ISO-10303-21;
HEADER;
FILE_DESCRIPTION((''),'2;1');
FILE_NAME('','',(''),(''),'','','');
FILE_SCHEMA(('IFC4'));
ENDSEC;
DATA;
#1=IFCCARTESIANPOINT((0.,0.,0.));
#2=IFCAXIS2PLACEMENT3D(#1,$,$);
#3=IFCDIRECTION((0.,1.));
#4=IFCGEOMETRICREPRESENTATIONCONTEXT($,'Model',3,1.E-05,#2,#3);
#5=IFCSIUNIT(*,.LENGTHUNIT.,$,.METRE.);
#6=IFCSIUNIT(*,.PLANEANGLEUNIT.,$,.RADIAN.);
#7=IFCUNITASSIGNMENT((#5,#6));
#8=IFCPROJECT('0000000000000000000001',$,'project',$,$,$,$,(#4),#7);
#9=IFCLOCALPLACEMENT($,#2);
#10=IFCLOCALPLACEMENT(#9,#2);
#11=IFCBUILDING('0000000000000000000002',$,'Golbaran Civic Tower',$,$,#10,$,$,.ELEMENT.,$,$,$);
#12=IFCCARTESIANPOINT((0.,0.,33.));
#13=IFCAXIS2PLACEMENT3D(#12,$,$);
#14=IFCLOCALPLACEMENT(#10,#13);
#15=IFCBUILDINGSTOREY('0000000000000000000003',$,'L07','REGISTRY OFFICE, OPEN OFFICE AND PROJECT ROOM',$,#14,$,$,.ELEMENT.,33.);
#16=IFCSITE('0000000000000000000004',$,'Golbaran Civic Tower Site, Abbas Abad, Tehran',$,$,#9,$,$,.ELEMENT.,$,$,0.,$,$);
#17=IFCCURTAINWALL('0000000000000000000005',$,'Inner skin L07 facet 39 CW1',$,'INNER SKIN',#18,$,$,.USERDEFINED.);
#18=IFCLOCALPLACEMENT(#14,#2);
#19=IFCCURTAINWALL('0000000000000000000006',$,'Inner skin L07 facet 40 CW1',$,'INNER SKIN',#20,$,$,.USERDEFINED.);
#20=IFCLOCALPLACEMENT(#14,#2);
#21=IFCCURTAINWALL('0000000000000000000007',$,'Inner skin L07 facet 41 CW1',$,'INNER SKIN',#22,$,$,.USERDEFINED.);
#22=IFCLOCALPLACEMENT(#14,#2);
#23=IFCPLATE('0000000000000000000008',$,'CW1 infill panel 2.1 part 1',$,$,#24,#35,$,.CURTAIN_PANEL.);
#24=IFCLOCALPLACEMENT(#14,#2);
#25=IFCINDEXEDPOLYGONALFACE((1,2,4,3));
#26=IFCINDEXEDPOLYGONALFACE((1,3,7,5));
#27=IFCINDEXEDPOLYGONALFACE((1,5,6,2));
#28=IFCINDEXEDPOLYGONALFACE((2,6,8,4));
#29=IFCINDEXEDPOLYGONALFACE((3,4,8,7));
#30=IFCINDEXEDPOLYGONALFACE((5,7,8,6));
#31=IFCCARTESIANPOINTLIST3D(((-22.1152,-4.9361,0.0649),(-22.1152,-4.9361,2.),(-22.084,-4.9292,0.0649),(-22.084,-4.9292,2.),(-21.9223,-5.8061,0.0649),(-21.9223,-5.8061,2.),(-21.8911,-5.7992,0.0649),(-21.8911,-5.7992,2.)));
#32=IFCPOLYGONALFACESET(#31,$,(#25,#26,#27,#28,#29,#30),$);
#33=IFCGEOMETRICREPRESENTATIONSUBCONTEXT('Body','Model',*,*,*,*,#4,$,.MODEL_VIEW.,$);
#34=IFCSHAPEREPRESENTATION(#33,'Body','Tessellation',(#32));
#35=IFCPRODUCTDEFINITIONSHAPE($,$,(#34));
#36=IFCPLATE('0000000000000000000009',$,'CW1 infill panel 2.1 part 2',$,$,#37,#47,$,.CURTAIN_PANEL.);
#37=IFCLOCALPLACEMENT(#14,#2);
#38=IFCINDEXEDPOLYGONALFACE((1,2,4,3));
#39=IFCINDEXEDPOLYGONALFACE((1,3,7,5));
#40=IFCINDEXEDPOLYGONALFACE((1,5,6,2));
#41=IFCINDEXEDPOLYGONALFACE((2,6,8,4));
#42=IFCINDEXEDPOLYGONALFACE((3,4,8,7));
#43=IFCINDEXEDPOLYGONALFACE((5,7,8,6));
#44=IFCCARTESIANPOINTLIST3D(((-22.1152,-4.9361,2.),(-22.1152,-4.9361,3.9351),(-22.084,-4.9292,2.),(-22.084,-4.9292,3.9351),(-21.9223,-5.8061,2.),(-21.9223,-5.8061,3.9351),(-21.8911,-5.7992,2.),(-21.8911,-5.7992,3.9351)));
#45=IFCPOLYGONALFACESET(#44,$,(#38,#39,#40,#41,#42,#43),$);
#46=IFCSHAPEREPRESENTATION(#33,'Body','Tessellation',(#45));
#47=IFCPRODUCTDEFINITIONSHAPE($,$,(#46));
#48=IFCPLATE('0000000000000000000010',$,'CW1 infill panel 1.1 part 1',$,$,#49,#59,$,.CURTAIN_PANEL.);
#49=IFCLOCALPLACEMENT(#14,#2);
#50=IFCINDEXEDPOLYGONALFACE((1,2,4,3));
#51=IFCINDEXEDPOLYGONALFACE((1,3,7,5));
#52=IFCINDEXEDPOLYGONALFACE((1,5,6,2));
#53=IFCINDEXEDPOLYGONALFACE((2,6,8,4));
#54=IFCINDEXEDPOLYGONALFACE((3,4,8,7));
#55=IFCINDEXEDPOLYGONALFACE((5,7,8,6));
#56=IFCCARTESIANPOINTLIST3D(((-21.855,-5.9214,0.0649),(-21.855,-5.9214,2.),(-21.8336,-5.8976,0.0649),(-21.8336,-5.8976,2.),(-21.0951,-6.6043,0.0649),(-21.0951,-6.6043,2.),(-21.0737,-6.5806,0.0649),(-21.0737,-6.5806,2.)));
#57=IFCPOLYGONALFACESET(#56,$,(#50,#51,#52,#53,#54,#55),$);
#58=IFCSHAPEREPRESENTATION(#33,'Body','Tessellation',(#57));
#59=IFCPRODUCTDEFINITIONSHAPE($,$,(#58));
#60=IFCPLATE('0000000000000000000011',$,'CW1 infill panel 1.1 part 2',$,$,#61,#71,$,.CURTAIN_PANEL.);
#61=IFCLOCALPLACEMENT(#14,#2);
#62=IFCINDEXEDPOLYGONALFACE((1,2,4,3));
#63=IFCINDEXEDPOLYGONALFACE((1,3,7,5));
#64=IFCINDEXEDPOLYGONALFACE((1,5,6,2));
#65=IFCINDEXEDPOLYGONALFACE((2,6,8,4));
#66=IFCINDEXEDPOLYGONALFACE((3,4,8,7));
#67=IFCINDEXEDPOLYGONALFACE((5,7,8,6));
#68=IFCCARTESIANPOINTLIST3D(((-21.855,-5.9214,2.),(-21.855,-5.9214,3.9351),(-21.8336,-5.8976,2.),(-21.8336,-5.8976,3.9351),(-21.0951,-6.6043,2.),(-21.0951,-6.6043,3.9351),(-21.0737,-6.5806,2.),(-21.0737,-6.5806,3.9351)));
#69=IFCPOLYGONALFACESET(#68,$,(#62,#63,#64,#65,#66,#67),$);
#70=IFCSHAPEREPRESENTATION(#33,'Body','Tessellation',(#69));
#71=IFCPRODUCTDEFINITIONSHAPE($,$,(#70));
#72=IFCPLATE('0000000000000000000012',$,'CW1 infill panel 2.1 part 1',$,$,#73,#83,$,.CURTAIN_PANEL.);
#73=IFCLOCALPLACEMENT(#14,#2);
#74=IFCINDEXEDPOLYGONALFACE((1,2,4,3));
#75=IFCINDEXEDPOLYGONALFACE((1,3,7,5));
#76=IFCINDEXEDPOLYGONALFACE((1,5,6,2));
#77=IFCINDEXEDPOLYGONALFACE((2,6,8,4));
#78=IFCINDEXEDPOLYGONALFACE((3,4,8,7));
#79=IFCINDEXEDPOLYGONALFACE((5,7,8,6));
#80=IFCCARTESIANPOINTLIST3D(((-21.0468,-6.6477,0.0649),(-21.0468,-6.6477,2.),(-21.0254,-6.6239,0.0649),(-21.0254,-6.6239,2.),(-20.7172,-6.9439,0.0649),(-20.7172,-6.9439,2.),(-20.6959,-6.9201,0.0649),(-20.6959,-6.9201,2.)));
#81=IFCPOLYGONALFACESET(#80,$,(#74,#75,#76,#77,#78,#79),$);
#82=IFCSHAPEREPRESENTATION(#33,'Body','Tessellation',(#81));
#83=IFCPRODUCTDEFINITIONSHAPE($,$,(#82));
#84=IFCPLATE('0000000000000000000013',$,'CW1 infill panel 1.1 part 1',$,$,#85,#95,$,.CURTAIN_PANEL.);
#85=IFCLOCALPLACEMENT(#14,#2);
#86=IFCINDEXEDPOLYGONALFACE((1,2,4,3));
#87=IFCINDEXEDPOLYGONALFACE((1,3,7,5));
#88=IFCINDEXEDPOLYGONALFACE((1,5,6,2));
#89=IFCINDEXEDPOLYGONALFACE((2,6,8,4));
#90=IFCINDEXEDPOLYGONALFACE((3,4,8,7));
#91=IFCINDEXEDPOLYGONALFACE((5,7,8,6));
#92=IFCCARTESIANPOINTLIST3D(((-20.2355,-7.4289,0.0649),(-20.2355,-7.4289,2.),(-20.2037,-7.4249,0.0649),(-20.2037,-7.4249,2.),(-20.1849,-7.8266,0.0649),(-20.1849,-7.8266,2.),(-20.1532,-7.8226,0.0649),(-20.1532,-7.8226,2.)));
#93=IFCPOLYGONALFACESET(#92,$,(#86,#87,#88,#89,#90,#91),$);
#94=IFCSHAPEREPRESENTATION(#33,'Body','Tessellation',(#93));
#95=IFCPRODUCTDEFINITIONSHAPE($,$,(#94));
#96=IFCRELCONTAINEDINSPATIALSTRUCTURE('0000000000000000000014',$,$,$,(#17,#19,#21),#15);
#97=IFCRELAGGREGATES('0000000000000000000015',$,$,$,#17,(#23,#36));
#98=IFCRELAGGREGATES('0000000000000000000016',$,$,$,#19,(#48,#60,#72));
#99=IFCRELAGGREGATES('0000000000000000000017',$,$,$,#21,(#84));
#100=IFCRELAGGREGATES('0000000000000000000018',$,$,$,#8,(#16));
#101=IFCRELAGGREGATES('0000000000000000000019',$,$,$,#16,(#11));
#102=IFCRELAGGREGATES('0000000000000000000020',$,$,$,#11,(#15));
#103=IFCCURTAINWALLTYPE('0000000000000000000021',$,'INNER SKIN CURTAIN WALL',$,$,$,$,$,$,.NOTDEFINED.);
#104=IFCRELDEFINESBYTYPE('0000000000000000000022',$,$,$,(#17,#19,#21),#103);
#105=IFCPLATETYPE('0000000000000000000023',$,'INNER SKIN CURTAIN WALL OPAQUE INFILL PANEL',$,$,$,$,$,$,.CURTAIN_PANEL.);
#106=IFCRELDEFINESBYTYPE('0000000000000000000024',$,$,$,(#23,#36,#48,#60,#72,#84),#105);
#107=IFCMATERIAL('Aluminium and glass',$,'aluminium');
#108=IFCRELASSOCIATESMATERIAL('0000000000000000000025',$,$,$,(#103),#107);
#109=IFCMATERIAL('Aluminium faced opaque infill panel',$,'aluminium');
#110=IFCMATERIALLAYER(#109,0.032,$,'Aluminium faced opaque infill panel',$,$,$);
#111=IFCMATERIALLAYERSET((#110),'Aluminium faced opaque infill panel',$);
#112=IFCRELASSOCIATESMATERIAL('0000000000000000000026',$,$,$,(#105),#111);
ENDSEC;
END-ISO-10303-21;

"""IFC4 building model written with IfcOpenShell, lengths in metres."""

from ifc_helpers import new_model, si_unit, direction, frame, origin, origin_2d, place, context, subcontext, project, spatial, rectangle, extrude, material, layer, layer_set, type_object, element, aggregate, save


model = new_model("IFC4")

# Units and contexts
model_context = context("Model", 3, precision=1e-05, world=origin(), true_north=direction((0.0, 1.0)))
body_context = subcontext(model_context, "Body", "Model", "MODEL_VIEW")
ifc_project = project(units=[si_unit("LENGTHUNIT", "METRE"), si_unit("PLANEANGLEUNIT", "RADIAN")], contexts=[model_context])

# Site, building, storey
site_placement = place(None, origin())
site = spatial("IfcSite", under=ifc_project, at=site_placement, Name="Golbaran Civic Tower Site, Abbas Abad, Tehran", CompositionType="ELEMENT", RefElevation=0.0)
building_placement = place(site_placement, origin())
building = spatial("IfcBuilding", under=site, at=building_placement, Name="Golbaran Civic Tower", CompositionType="ELEMENT")
storey_placement = place(building_placement, frame((0.0, 0.0, 33.0)))
storey = spatial("IfcBuildingStorey", under=building, at=storey_placement, Name="L07", Description="REGISTRY OFFICE, OPEN OFFICE AND PROJECT ROOM", CompositionType="ELEMENT", Elevation=33.0)

# Curtain wall
ifc_material_1 = material(Name="Aluminium and glass", Category="aluminium")
curtain_wall_type = type_object("IfcCurtainWallType", Name="INNER SKIN CURTAIN WALL", PredefinedType="NOTDEFINED", material=ifc_material_1)
curtain_wall_1_placement = place(storey_placement, origin())
curtain_wall_1 = element("IfcCurtainWall", 1, at=curtain_wall_1_placement, inside=storey, type_object=curtain_wall_type, Name="Inner skin L07 facet 39 CW1", ObjectType="INNER SKIN", PredefinedType="USERDEFINED")

# Curtain walls
curtain_wall_2_placement = place(storey_placement, origin())
curtain_wall_2 = element("IfcCurtainWall", 2, at=curtain_wall_2_placement, inside=storey, type_object=curtain_wall_type, Name="Inner skin L07 facet 40 CW1", ObjectType="INNER SKIN", PredefinedType="USERDEFINED")
curtain_wall_3_placement = place(storey_placement, origin())
curtain_wall_3 = element("IfcCurtainWall", 3, at=curtain_wall_3_placement, inside=storey, type_object=curtain_wall_type, Name="Inner skin L07 facet 41 CW1", ObjectType="INNER SKIN", PredefinedType="USERDEFINED")

# Plates
ifc_material_2 = material(Name="Aluminium faced opaque infill panel", Category="aluminium")
ifc_layer_1 = layer(ifc_material_2, 0.032, Name="Aluminium faced opaque infill panel")
ifc_layer_set_1 = layer_set([ifc_layer_1], Name="Aluminium faced opaque infill panel")
plate_type_1 = type_object("IfcPlateType", Name="INNER SKIN CURTAIN WALL OPAQUE INFILL PANEL", PredefinedType="CURTAIN_PANEL", material=ifc_layer_set_1)
plate_1_placement = place(storey_placement, frame((-22.0032, -5.3677, 0.0649), z_axis=(0.0, 0.0, 1.0), x_axis=(0.21644, -0.976296, 0.0)))
plate_1 = element("IfcPlate", 4, at=plate_1_placement, type_object=plate_type_1, Name="CW1 infill panel 2.1 part 1", PredefinedType="CURTAIN_PANEL", context=body_context, shape_type="SweptSolid", body=[
    extrude(rectangle(XDim=0.8911, YDim=0.032, at=origin_2d()), origin(), (0.0, 0.0, 1.0), 1.9351),
])
plate_2_placement = place(storey_placement, frame((-22.0032, -5.3677, 2.0), z_axis=(0.0, 0.0, 1.0), x_axis=(0.21644, -0.976296, 0.0)))
plate_2 = element("IfcPlate", 5, at=plate_2_placement, type_object=plate_type_1, Name="CW1 infill panel 2.1 part 2", PredefinedType="CURTAIN_PANEL", context=body_context, shape_type="SweptSolid", body=[
    extrude(rectangle(XDim=0.8911, YDim=0.032, at=origin_2d()), origin(), (0.0, 0.0, 1.0), 1.9351),
])
aggregate(curtain_wall_1, [plate_1, plate_2])
plate_3_placement = place(storey_placement, frame((-21.4644, -6.251, 0.0649), z_axis=(0.0, 0.0, 1.0), x_axis=(0.743784, -0.66842, 0.0)))
plate_3 = element("IfcPlate", 6, at=plate_3_placement, type_object=plate_type_1, Name="CW1 infill panel 1.1 part 1", PredefinedType="CURTAIN_PANEL", context=body_context, shape_type="SweptSolid", body=[
    extrude(rectangle(XDim=1.0217, YDim=0.032, at=origin_2d()), origin(), (0.0, 0.0, 1.0), 1.9351),
])
plate_4_placement = place(storey_placement, frame((-21.4644, -6.251, 2.0), z_axis=(0.0, 0.0, 1.0), x_axis=(0.743784, -0.66842, 0.0)))
plate_4 = element("IfcPlate", 7, at=plate_4_placement, type_object=plate_type_1, Name="CW1 infill panel 1.1 part 2", PredefinedType="CURTAIN_PANEL", context=body_context, shape_type="SweptSolid", body=[
    extrude(rectangle(XDim=1.0217, YDim=0.032, at=origin_2d()), origin(), (0.0, 0.0, 1.0), 1.9351),
])
plate_5_placement = place(storey_placement, frame((-20.8713, -6.7839, 0.0649), z_axis=(0.0, 0.0, 1.0), x_axis=(0.743784, -0.66842, 0.0)))
plate_5 = element("IfcPlate", 8, at=plate_5_placement, type_object=plate_type_1, Name="CW1 infill panel 2.1 part 1", PredefinedType="CURTAIN_PANEL", context=body_context, shape_type="SweptSolid", body=[
    extrude(rectangle(XDim=0.4431, YDim=0.032, at=origin_2d()), origin(), (0.0, 0.0, 1.0), 1.9351),
])
aggregate(curtain_wall_2, [plate_3, plate_4, plate_5])
plate_6_placement = place(storey_placement, frame((-20.1943, -7.6257, 0.0649), z_axis=(0.0, 0.0, 1.0), x_axis=(0.126024, -0.992027, 0.0)))
plate_6 = element("IfcPlate", 9, at=plate_6_placement, type_object=plate_type_1, Name="CW1 infill panel 1.1 part 1", PredefinedType="CURTAIN_PANEL", context=body_context, shape_type="SweptSolid", body=[
    extrude(rectangle(XDim=0.4009, YDim=0.032, at=origin_2d()), origin(), (0.0, 0.0, 1.0), 1.9351),
])
aggregate(curtain_wall_3, [plate_6])

save(model, "model.ifc")
